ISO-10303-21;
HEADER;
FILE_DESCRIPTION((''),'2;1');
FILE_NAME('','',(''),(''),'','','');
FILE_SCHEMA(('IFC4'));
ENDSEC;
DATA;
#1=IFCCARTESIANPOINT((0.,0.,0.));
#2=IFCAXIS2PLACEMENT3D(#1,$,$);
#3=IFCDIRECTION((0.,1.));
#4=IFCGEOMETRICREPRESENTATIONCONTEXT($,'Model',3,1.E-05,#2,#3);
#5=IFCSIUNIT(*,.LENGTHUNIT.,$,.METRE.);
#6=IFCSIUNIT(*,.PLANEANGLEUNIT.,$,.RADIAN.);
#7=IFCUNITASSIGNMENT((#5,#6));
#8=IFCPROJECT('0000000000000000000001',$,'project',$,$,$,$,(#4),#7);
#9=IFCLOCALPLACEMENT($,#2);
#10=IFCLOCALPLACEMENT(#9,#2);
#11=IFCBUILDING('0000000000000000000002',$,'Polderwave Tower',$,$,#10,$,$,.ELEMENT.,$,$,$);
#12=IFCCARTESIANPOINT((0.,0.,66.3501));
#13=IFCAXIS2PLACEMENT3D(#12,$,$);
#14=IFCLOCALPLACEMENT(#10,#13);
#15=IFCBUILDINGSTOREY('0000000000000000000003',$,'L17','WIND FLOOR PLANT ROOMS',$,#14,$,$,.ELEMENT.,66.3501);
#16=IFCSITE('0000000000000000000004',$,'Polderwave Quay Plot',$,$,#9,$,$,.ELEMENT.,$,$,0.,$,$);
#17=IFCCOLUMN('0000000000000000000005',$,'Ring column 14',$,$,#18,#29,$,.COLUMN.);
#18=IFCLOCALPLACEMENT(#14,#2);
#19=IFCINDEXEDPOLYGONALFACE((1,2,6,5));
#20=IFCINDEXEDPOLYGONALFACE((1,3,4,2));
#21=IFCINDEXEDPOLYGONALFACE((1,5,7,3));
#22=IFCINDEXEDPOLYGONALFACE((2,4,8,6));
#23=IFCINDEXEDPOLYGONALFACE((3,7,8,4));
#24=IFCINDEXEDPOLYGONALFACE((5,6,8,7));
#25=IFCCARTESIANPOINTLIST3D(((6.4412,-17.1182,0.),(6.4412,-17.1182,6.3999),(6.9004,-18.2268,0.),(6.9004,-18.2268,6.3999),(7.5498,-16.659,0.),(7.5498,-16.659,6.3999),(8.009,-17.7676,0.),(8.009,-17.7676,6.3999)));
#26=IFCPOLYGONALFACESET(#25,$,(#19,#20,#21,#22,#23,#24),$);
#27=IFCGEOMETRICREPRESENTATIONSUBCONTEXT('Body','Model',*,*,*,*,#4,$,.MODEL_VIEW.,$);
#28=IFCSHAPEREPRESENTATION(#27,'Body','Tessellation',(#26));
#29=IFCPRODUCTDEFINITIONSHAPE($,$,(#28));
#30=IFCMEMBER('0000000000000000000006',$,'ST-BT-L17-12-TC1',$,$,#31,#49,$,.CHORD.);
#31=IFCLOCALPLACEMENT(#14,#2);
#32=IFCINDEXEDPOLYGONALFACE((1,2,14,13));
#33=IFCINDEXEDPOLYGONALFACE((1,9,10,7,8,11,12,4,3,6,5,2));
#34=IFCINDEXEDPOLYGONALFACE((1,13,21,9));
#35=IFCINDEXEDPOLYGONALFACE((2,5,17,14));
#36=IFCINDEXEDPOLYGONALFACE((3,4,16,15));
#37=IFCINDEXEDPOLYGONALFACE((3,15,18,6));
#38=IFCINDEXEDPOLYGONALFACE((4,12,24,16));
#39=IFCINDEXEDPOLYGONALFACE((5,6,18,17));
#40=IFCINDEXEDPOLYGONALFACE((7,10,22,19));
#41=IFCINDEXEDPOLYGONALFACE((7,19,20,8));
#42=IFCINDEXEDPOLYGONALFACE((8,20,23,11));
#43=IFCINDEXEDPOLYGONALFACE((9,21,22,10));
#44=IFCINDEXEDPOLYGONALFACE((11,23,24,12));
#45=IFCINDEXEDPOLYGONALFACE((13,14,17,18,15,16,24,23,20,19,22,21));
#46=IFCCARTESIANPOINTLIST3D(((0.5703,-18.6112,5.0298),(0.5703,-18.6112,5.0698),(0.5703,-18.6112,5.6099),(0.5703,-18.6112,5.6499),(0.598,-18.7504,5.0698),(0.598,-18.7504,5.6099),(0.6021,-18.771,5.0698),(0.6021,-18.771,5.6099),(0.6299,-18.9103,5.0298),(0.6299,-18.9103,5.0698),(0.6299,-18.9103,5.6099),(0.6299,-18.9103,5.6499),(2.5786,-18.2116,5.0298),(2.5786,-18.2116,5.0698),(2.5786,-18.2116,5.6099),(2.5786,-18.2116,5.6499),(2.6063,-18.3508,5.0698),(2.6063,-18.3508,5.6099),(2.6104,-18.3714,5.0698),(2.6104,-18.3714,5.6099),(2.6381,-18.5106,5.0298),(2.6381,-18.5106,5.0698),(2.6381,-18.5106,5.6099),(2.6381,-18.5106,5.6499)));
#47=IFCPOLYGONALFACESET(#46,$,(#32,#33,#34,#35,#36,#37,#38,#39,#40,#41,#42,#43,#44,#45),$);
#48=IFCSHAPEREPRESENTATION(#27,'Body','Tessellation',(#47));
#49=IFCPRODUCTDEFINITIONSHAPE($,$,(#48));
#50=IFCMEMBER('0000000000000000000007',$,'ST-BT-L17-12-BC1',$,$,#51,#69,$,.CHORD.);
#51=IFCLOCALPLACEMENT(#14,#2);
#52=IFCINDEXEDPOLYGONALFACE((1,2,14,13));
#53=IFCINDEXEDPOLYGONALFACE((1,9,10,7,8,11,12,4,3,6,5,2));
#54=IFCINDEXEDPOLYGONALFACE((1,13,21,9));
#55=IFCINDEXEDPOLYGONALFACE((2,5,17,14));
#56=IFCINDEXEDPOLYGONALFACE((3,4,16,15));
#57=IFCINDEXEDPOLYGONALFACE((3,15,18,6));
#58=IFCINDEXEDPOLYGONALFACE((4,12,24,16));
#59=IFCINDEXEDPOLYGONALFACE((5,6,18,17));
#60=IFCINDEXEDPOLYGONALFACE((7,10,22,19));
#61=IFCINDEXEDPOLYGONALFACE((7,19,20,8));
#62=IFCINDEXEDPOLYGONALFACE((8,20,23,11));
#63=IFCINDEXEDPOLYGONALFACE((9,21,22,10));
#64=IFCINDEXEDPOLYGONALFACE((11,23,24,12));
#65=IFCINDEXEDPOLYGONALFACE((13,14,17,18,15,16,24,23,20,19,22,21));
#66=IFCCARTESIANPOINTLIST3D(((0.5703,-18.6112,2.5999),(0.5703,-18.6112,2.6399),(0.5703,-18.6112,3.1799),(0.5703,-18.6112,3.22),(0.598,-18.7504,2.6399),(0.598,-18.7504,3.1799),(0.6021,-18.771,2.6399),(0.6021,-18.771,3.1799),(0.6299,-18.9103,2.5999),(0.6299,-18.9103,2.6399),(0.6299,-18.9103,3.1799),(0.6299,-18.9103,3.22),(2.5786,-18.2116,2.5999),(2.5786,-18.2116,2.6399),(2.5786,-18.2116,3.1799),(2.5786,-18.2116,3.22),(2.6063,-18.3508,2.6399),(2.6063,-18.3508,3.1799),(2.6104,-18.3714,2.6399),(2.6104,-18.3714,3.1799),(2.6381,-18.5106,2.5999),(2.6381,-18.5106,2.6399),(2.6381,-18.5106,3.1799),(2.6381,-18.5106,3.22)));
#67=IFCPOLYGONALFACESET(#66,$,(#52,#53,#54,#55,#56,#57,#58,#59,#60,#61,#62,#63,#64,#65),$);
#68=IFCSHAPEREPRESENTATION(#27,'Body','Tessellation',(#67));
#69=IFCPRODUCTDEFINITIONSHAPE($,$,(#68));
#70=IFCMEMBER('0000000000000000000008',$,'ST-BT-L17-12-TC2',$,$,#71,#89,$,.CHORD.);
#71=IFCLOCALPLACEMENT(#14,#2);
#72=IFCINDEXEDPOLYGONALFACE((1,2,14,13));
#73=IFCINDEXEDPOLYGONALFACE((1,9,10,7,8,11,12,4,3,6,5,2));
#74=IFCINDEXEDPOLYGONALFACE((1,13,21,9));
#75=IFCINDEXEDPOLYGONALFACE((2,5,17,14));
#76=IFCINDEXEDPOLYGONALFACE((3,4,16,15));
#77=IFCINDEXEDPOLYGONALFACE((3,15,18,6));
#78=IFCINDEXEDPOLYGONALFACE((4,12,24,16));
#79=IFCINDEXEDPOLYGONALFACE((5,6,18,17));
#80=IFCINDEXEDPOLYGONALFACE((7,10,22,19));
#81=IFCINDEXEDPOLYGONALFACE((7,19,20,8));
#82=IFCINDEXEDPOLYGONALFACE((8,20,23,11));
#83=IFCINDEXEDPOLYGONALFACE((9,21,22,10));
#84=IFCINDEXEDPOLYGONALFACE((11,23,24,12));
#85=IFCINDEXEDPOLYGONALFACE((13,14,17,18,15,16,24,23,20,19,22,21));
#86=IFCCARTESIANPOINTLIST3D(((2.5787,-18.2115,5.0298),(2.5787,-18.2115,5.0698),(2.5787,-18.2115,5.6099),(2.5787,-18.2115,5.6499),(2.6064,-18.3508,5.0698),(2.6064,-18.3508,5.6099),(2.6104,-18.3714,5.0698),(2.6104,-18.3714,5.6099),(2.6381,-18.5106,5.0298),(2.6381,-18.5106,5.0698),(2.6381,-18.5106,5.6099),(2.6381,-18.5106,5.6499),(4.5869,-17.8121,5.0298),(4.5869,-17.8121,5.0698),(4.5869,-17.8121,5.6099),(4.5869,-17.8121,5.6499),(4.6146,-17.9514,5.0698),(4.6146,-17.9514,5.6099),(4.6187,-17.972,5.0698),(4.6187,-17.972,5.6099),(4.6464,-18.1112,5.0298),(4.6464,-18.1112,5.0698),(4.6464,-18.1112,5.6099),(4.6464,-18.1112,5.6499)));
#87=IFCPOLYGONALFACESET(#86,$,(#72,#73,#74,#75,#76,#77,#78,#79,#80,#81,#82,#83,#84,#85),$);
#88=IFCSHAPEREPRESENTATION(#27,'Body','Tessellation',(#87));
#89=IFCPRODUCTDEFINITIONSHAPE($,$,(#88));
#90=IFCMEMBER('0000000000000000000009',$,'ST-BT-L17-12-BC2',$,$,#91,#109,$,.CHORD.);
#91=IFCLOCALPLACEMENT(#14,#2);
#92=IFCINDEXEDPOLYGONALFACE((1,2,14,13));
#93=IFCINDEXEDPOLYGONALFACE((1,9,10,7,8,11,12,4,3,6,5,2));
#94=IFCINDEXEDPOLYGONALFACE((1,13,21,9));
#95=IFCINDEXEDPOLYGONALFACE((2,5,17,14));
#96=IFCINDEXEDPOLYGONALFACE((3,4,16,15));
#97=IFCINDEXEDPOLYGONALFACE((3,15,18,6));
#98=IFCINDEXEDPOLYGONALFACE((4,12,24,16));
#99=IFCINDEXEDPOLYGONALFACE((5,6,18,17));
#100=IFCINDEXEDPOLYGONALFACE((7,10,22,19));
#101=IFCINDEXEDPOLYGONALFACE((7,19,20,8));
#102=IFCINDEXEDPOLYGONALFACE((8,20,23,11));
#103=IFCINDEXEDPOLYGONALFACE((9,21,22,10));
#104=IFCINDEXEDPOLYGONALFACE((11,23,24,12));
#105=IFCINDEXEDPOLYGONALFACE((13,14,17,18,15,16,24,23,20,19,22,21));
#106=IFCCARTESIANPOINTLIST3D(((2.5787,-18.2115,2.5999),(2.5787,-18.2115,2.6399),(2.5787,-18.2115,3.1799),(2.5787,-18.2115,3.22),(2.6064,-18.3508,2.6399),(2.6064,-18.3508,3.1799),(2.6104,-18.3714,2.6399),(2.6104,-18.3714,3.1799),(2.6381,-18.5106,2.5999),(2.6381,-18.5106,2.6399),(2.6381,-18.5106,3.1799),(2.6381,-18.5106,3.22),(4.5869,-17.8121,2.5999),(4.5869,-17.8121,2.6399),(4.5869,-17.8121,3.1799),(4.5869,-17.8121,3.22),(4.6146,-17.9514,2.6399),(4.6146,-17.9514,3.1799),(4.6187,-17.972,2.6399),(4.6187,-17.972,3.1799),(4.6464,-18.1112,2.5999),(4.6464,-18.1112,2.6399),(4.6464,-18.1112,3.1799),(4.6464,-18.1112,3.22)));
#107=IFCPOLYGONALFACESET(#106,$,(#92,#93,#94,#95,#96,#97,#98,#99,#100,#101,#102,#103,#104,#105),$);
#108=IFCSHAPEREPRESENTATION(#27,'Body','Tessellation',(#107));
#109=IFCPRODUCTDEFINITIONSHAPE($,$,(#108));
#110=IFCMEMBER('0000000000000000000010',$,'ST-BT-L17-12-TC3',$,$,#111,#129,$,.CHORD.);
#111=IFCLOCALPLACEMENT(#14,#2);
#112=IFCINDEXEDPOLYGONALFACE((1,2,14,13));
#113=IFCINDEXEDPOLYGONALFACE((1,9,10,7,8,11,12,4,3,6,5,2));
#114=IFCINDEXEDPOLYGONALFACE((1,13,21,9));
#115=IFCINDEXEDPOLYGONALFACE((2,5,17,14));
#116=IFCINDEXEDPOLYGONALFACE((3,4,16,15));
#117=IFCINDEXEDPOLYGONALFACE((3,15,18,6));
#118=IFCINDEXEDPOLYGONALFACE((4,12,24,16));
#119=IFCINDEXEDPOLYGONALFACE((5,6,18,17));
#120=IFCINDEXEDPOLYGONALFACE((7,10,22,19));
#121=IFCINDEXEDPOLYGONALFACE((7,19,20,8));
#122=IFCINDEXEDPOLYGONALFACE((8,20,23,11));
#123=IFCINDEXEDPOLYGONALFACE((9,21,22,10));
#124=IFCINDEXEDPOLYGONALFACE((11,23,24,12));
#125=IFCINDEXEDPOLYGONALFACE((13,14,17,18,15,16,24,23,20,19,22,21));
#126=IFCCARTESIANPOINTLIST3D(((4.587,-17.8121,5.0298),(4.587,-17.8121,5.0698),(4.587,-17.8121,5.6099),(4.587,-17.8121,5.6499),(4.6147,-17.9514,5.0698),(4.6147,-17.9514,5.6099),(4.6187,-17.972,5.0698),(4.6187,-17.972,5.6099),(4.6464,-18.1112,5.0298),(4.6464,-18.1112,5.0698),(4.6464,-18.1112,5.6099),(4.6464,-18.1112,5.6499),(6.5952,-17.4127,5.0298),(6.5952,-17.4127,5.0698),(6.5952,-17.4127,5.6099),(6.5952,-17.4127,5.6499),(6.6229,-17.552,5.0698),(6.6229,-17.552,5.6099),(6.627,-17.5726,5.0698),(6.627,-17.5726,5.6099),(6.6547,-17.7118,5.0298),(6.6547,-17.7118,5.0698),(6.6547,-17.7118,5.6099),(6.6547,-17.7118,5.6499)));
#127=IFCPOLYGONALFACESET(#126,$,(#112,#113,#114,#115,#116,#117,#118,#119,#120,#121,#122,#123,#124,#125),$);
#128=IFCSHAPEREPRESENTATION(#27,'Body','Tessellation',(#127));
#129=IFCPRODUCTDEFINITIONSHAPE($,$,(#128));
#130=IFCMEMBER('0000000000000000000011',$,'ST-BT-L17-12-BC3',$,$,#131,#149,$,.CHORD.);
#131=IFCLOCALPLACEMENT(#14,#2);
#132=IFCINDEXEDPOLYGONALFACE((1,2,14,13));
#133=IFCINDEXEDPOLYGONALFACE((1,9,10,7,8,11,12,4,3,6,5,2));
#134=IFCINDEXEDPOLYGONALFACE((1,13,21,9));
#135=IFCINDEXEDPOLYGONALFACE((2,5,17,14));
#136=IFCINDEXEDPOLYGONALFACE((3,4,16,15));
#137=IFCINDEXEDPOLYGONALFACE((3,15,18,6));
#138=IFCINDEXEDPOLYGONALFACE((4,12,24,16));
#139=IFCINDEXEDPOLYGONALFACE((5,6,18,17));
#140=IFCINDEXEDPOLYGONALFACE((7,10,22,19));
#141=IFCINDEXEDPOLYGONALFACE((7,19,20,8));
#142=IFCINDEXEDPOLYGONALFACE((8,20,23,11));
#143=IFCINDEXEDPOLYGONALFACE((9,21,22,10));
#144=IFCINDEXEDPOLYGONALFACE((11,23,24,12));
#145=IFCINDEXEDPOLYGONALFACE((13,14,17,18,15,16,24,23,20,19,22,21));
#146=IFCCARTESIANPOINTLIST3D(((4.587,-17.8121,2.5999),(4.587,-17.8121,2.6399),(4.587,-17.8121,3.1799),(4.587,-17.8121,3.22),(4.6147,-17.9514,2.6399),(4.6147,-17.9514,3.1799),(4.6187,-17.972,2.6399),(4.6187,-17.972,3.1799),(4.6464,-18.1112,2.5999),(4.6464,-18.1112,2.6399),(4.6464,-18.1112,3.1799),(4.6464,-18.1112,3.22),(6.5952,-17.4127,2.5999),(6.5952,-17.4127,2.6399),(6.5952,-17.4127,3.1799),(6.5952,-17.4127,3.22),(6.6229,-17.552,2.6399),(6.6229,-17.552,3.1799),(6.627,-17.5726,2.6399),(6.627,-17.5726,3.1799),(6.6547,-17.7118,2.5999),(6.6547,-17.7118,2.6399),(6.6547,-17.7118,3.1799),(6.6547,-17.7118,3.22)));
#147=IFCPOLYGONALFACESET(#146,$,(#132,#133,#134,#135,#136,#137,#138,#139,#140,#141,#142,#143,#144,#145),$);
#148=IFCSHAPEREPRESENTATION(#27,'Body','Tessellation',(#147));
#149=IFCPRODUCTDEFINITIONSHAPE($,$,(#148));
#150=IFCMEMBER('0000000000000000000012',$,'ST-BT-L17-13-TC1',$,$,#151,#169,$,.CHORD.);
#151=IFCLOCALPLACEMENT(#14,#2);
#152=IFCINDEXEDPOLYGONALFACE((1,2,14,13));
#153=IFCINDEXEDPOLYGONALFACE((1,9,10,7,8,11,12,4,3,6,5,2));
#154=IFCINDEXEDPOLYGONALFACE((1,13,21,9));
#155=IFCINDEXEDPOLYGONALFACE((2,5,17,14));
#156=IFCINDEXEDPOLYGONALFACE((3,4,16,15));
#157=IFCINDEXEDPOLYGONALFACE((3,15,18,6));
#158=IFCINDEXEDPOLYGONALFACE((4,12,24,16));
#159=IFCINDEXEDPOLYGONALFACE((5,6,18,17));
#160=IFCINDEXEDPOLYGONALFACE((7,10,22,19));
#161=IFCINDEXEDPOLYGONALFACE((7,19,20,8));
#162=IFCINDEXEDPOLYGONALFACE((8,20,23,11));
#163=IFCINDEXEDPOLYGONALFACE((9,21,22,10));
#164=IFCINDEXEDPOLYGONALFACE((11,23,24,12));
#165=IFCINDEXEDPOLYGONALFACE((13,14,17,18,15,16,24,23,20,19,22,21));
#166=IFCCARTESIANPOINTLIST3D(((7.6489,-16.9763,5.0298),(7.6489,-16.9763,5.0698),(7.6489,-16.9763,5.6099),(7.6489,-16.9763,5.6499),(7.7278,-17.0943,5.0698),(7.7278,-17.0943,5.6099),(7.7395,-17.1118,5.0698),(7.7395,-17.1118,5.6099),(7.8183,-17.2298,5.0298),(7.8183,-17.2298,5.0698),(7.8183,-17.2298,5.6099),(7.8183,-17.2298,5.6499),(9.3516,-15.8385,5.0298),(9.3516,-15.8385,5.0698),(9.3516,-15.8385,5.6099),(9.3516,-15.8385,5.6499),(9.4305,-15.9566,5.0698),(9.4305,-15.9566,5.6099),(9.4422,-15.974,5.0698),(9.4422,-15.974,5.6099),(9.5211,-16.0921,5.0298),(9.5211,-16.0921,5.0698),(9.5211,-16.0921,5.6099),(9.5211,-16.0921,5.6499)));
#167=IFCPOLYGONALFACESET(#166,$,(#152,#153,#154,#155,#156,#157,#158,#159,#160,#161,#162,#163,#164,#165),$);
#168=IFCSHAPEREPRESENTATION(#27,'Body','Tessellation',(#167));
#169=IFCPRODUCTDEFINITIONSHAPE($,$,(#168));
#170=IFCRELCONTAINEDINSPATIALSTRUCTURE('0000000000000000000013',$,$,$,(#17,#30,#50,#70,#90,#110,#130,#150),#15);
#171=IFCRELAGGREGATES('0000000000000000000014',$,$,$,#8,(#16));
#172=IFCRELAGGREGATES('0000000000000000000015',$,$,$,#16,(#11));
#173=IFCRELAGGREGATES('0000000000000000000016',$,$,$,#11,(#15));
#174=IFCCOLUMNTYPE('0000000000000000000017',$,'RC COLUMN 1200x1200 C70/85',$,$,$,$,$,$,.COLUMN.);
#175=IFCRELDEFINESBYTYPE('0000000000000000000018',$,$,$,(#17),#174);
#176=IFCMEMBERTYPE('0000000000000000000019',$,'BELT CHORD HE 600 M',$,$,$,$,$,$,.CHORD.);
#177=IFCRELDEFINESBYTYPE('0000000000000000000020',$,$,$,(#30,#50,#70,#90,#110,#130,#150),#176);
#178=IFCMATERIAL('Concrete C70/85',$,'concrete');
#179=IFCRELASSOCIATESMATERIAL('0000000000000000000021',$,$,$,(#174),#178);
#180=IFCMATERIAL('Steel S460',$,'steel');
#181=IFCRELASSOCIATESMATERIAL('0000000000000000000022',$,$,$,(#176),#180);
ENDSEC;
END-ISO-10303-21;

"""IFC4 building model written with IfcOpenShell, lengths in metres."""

from ifc_helpers import new_model, si_unit, direction, frame, origin, origin_2d, place, context, subcontext, project, spatial, rectangle, i_section, extrude, material, material_profile, profile_set, type_object, element, save


model = new_model("IFC4")

# Units and contexts
model_context = context("Model", 3, precision=1e-05, world=origin(), true_north=direction((0.0, 1.0)))
body_context = subcontext(model_context, "Body", "Model", "MODEL_VIEW")
ifc_project = project(units=[si_unit("LENGTHUNIT", "METRE"), si_unit("PLANEANGLEUNIT", "RADIAN")], contexts=[model_context])

# Site, building, storey
site_placement = place(None, origin())
site = spatial("IfcSite", under=ifc_project, at=site_placement, Name="Polderwave Quay Plot", CompositionType="ELEMENT", RefElevation=0.0)
building_placement = place(site_placement, origin())
building = spatial("IfcBuilding", under=site, at=building_placement, Name="Polderwave Tower", CompositionType="ELEMENT")
storey_placement = place(building_placement, frame((0.0, 0.0, 66.3501)))
storey = spatial("IfcBuildingStorey", under=building, at=storey_placement, Name="L17", Description="WIND FLOOR PLANT ROOMS", CompositionType="ELEMENT", Elevation=66.3501)

# Column
ifc_material_1 = material(Name="Concrete C70/85", Category="concrete")
ifc_material_profile_1 = material_profile(ifc_material_1, rectangle(XDim=1.2, YDim=1.2, at=origin_2d()), Name="RC 1200x1200")
ifc_profile_set_1 = profile_set([ifc_material_profile_1], Name="Concrete C70/85")
column_type = type_object("IfcColumnType", Name="RC COLUMN 1200x1200 C70/85", PredefinedType="COLUMN", material=ifc_profile_set_1)
column_placement = place(storey_placement, frame((7.2251, -17.4429, 0.0), z_axis=(0.0, 0.0, 1.0), x_axis=(0.382683, -0.92388, 0.0)))
element("IfcColumn", 1, at=column_placement, inside=storey, type_object=column_type, Name="Ring column 14", PredefinedType="COLUMN", context=body_context, shape_type="SweptSolid", body=[
    extrude(rectangle(XDim=1.2, YDim=1.2, at=origin_2d()), origin(), (0.0, 0.0, 1.0), 6.3999),
])

# Members
ifc_material_2 = material(Name="Steel S460", Category="steel")
ifc_material_profile_2 = material_profile(ifc_material_2, i_section(OverallWidth=0.3049, OverallDepth=0.6201, WebThickness=0.021, FlangeThickness=0.04, at=origin_2d()), Name="HE 600 M")
ifc_profile_set_2 = profile_set([ifc_material_profile_2], Name="Steel S460")
member_type_1 = type_object("IfcMemberType", Name="BELT CHORD HE 600 M", PredefinedType="CHORD", material=ifc_profile_set_2)
for number, where, z_axis, x_axis, name in (
    (2, (0.6001, -18.7607, 5.3398), (0.980768, 0.195176, 0.0), (-0.195176, 0.980768, 0.0), "ST-BT-L17-12-TC1"),
    (3, (0.6001, -18.7607, 2.9099), (0.980768, 0.195176, 0.0), (-0.195176, 0.980768, 0.0), "ST-BT-L17-12-BC1"),
    (4, (2.6084, -18.3611, 5.3398), (0.980791, 0.195061, 0.0), (-0.195061, 0.980791, 0.0), "ST-BT-L17-12-TC2"),
    (5, (2.6084, -18.3611, 2.9099), (0.980791, 0.195061, 0.0), (-0.195061, 0.980791, 0.0), "ST-BT-L17-12-BC2"),
    (6, (4.6167, -17.9617, 5.3398), (0.980791, 0.195061, 0.0), (-0.195061, 0.980791, 0.0), "ST-BT-L17-12-TC3"),
    (7, (4.6167, -17.9617, 2.9099), (0.980791, 0.195061, 0.0), (-0.195061, 0.980791, 0.0), "ST-BT-L17-12-BC3"),
):
    element("IfcMember", number, at=place(storey_placement, frame(where, z_axis=z_axis, x_axis=x_axis)), inside=storey, type_object=member_type_1, Name=name, PredefinedType="CHORD", context=body_context, shape_type="SweptSolid", body=[
        extrude(i_section(OverallWidth=0.3049, OverallDepth=0.6201, WebThickness=0.021, FlangeThickness=0.04, at=origin_2d()), origin(), (0.0, 0.0, 1.0), 2.0476),
    ])
member_1_placement = place(storey_placement, frame((7.7336, -17.103, 5.3398), z_axis=(0.831463, 0.55558, 0.0), x_axis=(-0.55558, 0.831463, 0.0)))
element("IfcMember", 8, at=member_1_placement, inside=storey, type_object=member_type_1, Name="ST-BT-L17-13-TC1", PredefinedType="CHORD", context=body_context, shape_type="SweptSolid", body=[
    extrude(i_section(OverallWidth=0.3049, OverallDepth=0.6201, WebThickness=0.021, FlangeThickness=0.04, at=origin_2d()), origin(), (0.0, 0.0, 1.0), 2.0479),
])

save(model, "model.ifc")
